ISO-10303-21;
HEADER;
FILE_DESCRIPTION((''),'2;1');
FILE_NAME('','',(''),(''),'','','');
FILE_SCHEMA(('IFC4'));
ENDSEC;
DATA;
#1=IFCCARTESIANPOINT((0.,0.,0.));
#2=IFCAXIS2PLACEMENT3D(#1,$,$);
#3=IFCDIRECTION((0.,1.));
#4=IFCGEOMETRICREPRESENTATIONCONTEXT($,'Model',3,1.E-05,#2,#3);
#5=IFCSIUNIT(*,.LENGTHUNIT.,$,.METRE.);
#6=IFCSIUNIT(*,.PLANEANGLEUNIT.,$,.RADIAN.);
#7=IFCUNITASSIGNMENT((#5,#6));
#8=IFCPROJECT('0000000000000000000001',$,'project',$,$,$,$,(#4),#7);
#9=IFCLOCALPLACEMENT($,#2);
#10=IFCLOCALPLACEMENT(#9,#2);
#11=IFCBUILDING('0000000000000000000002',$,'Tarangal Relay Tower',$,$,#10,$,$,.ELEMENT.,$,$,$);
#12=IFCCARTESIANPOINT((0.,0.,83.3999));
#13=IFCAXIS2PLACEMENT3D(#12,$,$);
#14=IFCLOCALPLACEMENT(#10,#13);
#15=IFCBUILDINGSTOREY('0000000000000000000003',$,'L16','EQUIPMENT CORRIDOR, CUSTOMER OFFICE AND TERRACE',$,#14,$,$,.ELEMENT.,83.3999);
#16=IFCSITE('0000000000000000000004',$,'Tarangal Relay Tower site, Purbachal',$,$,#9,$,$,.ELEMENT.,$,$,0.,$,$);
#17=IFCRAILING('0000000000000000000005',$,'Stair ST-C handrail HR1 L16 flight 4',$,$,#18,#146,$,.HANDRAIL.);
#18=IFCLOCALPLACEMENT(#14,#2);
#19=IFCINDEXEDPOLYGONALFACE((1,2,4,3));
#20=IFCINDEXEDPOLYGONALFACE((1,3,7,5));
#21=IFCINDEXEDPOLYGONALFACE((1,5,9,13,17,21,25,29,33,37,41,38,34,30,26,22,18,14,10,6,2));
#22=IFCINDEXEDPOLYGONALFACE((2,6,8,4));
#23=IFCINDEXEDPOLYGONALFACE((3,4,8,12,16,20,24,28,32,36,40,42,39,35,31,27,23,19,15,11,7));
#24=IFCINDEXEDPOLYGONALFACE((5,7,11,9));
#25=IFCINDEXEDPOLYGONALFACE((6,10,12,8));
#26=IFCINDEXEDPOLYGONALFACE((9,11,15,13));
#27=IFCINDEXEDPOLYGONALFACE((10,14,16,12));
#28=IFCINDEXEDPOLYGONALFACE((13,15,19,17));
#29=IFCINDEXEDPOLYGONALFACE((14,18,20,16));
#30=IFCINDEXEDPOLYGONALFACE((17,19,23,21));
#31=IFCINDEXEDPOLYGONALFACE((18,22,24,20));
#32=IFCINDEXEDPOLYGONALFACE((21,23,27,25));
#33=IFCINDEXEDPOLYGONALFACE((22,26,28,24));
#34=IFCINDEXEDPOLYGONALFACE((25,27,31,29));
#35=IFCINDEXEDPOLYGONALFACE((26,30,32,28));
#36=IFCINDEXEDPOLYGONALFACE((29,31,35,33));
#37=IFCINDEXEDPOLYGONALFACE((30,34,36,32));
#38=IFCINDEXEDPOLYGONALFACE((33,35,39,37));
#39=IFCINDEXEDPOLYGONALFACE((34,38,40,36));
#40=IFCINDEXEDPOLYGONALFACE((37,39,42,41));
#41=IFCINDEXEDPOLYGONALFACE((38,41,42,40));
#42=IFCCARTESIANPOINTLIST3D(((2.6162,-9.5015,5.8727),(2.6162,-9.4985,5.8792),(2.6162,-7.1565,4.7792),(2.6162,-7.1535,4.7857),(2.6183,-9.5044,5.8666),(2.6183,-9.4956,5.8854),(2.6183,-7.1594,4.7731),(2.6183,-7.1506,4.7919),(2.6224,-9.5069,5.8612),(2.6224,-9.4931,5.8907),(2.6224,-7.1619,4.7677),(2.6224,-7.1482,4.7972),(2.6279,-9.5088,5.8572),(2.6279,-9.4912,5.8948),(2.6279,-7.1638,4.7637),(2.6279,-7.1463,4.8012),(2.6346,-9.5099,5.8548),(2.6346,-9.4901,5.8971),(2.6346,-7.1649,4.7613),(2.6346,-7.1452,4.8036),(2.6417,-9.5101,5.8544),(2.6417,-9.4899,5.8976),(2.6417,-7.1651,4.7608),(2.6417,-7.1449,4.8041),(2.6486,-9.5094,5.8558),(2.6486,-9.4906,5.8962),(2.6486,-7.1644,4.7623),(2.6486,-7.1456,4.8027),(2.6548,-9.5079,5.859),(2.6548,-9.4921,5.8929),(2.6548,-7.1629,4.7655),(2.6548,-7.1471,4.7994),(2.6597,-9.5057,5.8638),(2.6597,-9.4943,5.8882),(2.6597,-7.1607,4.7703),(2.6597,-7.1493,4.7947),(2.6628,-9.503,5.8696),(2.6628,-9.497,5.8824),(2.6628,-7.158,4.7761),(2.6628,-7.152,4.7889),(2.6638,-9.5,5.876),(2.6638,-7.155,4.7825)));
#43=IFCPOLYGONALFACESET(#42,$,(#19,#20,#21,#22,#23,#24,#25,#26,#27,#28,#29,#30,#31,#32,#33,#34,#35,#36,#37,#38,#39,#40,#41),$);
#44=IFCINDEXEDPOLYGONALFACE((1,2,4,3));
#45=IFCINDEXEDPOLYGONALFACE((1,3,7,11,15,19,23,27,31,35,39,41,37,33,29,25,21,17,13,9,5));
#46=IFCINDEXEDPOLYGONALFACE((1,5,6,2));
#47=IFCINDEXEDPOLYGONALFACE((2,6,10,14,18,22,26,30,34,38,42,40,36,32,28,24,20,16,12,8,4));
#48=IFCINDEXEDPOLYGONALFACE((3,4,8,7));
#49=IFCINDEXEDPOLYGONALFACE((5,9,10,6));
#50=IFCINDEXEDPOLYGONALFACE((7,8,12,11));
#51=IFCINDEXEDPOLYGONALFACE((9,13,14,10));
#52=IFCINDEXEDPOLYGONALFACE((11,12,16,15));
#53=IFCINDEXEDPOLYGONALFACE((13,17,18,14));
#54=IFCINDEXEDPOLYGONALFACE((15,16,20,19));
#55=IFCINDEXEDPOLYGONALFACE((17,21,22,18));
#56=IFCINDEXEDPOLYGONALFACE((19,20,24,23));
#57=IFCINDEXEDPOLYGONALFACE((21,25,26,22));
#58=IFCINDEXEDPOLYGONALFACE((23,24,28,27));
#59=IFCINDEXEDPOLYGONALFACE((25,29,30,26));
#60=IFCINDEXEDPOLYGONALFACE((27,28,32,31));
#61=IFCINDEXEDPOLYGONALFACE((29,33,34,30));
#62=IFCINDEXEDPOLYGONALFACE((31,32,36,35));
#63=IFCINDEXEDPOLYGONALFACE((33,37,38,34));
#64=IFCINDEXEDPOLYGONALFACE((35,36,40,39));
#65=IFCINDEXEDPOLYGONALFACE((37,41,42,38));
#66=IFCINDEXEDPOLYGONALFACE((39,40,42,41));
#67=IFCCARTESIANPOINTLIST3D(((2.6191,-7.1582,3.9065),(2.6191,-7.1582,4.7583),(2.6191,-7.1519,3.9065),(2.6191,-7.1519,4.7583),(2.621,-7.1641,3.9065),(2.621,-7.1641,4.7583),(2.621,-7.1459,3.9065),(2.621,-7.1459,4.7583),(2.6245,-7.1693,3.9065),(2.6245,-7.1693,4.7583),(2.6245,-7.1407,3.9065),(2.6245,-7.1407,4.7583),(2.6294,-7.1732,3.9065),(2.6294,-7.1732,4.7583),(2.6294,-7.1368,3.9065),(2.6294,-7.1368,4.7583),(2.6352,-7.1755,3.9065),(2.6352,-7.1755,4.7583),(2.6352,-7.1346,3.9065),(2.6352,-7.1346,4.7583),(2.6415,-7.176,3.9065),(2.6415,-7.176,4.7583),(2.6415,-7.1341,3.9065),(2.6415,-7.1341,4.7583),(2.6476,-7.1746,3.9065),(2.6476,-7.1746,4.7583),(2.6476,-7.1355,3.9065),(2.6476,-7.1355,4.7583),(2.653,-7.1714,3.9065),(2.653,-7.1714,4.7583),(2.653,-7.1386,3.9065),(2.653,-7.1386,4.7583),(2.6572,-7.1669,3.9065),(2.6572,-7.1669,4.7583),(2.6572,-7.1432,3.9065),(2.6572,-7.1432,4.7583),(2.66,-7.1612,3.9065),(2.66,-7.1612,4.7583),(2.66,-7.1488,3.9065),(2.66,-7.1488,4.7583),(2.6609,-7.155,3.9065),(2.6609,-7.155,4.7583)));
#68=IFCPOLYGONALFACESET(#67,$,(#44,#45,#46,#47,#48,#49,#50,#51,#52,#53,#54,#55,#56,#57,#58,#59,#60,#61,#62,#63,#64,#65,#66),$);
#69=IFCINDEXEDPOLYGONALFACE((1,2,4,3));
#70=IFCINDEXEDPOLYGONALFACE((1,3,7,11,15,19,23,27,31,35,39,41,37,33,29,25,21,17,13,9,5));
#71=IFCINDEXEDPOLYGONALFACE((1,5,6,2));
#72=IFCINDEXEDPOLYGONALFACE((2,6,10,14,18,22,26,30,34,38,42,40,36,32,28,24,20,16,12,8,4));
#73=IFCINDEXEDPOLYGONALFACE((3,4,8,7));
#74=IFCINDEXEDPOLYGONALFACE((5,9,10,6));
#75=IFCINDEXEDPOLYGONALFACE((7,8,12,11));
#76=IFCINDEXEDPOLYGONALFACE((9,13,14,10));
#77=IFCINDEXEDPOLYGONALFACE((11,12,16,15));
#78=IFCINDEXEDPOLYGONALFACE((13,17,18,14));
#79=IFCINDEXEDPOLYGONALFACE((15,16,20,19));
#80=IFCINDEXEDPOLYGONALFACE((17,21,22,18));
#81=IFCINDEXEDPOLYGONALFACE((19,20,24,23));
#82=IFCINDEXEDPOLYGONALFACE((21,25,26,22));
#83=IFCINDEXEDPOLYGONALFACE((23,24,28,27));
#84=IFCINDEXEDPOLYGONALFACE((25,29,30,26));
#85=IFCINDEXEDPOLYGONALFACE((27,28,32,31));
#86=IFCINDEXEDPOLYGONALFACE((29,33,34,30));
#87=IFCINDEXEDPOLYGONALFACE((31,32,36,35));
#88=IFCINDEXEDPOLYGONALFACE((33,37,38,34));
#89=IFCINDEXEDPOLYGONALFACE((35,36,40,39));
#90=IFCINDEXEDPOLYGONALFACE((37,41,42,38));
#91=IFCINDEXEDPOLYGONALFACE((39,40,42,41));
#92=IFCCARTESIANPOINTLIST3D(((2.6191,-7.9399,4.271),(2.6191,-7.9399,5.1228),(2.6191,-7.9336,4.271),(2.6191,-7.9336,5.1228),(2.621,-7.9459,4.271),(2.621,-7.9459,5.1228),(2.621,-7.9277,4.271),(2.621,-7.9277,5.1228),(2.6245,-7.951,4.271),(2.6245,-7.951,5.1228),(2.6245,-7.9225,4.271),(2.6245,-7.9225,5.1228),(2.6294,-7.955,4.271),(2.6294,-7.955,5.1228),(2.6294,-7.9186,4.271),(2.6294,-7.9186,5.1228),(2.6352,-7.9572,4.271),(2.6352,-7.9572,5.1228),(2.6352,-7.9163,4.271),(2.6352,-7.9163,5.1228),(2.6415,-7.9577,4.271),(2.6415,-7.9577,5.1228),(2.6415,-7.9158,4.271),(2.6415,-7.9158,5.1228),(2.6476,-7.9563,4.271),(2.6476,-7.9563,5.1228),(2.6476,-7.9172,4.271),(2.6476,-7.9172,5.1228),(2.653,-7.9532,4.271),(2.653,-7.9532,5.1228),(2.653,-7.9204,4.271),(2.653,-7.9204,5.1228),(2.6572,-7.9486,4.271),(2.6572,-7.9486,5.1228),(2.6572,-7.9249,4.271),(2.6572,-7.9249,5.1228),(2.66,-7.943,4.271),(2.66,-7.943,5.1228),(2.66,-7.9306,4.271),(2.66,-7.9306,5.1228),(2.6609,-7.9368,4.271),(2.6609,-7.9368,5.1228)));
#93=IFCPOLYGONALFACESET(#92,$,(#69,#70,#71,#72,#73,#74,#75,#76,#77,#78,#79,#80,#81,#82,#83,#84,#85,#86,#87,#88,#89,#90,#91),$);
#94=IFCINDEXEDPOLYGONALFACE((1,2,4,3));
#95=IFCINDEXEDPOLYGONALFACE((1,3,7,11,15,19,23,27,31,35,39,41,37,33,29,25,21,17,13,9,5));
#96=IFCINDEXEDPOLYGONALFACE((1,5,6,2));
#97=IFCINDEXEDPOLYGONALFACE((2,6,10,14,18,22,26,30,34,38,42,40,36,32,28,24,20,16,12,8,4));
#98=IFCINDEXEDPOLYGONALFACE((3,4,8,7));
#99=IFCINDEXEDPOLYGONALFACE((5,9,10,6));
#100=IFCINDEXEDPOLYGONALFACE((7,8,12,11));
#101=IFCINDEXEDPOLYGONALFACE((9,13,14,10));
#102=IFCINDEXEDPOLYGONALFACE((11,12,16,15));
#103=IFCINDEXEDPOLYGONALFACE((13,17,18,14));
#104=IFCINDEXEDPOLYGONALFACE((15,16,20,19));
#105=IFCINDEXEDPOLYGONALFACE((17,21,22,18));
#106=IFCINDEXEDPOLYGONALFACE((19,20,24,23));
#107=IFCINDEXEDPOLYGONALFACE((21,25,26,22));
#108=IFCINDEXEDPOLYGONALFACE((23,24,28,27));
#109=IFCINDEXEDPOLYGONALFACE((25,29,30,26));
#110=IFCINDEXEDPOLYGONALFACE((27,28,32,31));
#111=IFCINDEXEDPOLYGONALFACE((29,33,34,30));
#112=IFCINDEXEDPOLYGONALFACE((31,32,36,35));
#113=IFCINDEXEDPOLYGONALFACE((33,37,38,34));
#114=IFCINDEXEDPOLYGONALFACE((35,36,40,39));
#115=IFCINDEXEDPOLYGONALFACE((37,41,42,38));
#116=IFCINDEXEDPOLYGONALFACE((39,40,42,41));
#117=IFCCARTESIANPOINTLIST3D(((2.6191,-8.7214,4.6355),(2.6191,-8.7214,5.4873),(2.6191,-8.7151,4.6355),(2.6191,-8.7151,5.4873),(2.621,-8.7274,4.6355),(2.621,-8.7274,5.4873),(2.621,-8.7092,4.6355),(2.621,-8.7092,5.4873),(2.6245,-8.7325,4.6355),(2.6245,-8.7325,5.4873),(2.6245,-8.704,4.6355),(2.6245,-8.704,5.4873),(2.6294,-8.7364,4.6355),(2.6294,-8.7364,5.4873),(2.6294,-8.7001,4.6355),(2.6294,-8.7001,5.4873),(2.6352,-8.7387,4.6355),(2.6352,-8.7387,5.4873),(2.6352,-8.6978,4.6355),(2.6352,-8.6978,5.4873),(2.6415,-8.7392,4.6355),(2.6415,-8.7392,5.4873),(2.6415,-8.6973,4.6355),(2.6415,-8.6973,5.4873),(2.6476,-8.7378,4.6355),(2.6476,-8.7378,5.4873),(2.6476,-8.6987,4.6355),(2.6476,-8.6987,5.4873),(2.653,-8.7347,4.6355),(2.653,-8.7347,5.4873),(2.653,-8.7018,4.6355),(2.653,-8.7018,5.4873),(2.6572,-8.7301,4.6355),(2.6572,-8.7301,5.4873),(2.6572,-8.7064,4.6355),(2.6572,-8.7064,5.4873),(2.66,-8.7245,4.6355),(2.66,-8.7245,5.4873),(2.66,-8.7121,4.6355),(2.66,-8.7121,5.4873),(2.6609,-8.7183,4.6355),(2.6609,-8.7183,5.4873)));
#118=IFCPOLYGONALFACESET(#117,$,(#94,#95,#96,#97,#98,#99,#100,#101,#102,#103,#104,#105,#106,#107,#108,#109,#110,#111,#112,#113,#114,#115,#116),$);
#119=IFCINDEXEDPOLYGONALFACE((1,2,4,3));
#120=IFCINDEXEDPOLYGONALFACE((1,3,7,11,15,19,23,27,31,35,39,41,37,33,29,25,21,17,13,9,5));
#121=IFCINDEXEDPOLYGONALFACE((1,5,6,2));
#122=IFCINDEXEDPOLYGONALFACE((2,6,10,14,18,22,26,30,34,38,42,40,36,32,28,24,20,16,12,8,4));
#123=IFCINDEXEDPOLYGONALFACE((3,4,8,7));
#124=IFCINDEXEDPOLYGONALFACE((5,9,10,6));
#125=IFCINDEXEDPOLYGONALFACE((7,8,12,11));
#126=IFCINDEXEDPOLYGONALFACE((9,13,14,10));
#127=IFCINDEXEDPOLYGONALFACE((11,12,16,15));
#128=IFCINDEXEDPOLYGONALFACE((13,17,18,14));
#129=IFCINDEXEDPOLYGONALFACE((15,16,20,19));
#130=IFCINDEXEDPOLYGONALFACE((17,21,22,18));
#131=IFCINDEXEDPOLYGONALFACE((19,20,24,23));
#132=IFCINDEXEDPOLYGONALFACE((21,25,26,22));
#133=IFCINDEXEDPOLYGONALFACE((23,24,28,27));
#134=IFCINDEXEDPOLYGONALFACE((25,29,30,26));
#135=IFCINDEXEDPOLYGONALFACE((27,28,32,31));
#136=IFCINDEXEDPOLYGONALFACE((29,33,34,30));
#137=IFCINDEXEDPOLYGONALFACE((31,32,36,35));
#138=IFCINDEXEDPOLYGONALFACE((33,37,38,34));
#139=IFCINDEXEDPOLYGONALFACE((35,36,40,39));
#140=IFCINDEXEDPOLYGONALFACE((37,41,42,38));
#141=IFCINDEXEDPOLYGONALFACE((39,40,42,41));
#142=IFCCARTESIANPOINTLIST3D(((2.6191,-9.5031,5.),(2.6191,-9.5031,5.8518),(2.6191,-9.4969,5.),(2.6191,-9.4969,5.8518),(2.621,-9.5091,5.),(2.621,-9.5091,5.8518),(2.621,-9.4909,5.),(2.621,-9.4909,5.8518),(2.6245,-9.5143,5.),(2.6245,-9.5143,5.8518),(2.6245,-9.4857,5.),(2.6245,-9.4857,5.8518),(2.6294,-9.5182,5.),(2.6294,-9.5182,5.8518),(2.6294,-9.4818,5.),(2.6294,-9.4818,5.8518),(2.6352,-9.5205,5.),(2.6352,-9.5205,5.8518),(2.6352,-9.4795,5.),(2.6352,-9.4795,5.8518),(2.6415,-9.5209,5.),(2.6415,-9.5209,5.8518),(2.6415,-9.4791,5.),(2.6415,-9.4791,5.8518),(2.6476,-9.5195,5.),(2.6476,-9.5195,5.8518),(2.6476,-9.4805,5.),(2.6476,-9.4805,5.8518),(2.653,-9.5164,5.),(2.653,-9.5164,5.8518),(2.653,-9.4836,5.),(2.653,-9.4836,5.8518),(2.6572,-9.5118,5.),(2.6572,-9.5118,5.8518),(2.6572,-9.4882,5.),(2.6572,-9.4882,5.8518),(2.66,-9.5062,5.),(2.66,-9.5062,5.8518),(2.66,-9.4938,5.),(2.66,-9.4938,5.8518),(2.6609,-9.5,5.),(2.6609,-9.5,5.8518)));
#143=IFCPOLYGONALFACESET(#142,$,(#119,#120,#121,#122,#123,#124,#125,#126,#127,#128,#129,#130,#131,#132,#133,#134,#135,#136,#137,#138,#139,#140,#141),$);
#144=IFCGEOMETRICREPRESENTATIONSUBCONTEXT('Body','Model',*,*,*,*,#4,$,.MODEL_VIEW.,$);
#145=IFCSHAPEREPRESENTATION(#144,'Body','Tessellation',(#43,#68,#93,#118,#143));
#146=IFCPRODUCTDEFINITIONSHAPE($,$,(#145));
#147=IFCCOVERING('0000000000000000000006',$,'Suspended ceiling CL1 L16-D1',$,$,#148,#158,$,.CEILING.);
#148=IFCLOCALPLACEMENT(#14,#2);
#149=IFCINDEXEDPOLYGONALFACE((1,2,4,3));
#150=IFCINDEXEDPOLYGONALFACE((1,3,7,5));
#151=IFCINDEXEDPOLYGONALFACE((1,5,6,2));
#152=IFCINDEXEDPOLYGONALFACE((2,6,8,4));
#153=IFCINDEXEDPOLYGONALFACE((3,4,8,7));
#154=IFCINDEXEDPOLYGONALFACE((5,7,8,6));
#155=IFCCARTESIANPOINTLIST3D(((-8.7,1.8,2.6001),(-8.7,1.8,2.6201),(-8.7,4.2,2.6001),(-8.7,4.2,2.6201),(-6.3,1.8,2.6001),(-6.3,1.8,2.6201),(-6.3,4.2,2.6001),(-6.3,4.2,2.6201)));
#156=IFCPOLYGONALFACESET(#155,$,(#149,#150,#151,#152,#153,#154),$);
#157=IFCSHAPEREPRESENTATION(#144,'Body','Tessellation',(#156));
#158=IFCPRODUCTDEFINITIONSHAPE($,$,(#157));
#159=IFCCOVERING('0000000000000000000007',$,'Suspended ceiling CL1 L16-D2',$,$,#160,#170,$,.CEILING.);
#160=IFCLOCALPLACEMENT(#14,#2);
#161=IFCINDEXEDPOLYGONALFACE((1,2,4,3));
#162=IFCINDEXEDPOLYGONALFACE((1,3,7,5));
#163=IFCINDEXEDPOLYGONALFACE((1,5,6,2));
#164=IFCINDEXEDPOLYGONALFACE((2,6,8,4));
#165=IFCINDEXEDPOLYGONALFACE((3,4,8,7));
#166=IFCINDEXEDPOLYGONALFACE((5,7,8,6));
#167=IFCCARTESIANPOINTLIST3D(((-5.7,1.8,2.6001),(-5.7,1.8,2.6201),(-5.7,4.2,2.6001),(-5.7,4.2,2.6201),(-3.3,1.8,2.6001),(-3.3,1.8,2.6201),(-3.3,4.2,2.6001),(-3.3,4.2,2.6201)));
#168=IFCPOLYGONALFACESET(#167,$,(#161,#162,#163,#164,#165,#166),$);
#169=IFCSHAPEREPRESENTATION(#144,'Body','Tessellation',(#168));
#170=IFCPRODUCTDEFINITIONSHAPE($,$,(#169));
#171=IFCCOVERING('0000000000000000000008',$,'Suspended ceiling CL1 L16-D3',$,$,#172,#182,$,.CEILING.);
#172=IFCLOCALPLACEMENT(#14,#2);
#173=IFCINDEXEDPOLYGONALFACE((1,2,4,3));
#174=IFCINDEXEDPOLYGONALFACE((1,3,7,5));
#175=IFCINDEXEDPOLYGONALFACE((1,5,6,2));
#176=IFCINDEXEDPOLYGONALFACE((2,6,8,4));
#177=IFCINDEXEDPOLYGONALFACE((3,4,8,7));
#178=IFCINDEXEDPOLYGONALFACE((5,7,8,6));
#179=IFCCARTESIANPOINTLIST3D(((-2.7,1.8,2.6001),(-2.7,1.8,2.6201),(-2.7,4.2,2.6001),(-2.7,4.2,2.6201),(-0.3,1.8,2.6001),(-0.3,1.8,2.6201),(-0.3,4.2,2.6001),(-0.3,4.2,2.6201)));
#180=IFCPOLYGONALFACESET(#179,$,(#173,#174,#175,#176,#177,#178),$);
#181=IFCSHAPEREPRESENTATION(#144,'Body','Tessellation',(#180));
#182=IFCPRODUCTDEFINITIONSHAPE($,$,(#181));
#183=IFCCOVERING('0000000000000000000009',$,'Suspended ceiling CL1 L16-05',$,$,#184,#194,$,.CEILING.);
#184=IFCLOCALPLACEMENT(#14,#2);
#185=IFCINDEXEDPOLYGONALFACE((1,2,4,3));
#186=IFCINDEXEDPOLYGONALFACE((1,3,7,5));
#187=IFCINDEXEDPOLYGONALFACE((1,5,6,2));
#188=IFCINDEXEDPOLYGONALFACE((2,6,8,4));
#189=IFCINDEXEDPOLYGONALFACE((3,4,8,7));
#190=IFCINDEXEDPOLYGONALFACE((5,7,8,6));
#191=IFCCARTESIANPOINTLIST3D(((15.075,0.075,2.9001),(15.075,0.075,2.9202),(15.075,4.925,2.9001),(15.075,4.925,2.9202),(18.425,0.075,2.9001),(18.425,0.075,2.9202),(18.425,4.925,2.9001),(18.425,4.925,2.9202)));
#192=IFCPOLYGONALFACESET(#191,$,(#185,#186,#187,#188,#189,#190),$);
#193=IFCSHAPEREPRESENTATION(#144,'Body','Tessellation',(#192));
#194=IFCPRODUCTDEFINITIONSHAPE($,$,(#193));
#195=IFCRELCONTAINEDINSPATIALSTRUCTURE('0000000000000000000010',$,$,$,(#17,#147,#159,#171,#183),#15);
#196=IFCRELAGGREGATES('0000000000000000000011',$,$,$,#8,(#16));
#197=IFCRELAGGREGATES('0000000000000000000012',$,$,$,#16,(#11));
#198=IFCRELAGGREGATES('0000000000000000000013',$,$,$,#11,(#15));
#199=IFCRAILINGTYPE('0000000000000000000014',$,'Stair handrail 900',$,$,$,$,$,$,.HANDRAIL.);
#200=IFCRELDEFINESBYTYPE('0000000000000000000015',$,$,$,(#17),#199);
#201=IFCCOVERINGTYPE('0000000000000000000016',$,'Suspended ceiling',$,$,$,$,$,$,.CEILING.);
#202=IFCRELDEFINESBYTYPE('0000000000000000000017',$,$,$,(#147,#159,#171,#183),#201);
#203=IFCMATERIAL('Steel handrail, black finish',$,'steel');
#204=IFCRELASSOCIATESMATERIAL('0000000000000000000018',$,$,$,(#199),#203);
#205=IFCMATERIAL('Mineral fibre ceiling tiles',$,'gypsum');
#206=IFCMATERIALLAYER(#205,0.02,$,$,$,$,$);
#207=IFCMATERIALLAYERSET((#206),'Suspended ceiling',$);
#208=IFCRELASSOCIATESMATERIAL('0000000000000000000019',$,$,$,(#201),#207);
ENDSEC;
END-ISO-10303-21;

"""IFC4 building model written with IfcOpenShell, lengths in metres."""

from ifc_helpers import new_model, si_unit, direction, frame, origin, origin_2d, place, context, subcontext, project, spatial, polyline, circle, outline, extrude, material, layer, layer_set, type_object, element, save


model = new_model("IFC4")

# Units and contexts
model_context = context("Model", 3, precision=1e-05, world=origin(), true_north=direction((0.0, 1.0)))
body_context = subcontext(model_context, "Body", "Model", "MODEL_VIEW")
ifc_project = project(units=[si_unit("LENGTHUNIT", "METRE"), si_unit("PLANEANGLEUNIT", "RADIAN")], contexts=[model_context])

# Site, building, storey
site_placement = place(None, origin())
site = spatial("IfcSite", under=ifc_project, at=site_placement, Name="Tarangal Relay Tower site, Purbachal", CompositionType="ELEMENT", RefElevation=0.0)
building_placement = place(site_placement, origin())
building = spatial("IfcBuilding", under=site, at=building_placement, Name="Tarangal Relay Tower", CompositionType="ELEMENT")
storey_placement = place(building_placement, frame((0.0, 0.0, 83.3999)))
storey = spatial("IfcBuildingStorey", under=building, at=storey_placement, Name="L16", Description="EQUIPMENT CORRIDOR, CUSTOMER OFFICE AND TERRACE", CompositionType="ELEMENT", Elevation=83.3999)

# Railing
ifc_material_1 = material(Name="Steel handrail, black finish", Category="steel")
railing_type_1 = type_object("IfcRailingType", Name="Stair handrail 900", PredefinedType="HANDRAIL", material=ifc_material_1)
for number, where, name in (
    (1, (2.6399, -7.155, 3.9065), "Stair ST-C handrail HR1 L16 flight 4"),
):
    element("IfcRailing", number, at=place(storey_placement, frame(where)), inside=storey, type_object=railing_type_1, Name=name, PredefinedType="HANDRAIL", context=body_context, shape_type="SweptSolid", body=[
        extrude(circle(Radius=0.0239, at=origin_2d()), frame((0.0, 0.0, 0.876), z_axis=(0.0, -0.906304, 0.422627), x_axis=(1.0, 0.0, 0.0)), (0.0, 0.0, 1.0), 2.5874),
        extrude(circle(Radius=0.021, at=origin_2d()), origin(), (0.0, 0.0, 1.0), 0.8518),
        extrude(circle(Radius=0.021, at=origin_2d()), frame((0.0, -0.7817, 0.3645)), (0.0, 0.0, 1.0), 0.8518),
        extrude(circle(Radius=0.021, at=origin_2d()), frame((0.0, -1.5632, 0.729)), (0.0, 0.0, 1.0), 0.8518),
        extrude(circle(Radius=0.021, at=origin_2d()), frame((0.0, -2.345, 1.0935)), (0.0, 0.0, 1.0), 0.8518),
    ])

# Coverings
ifc_material_2 = material(Name="Mineral fibre ceiling tiles", Category="gypsum")
ifc_layer_1 = layer(ifc_material_2, 0.02)
ifc_layer_set_1 = layer_set([ifc_layer_1], Name="Suspended ceiling")
covering_type_1 = type_object("IfcCoveringType", Name="Suspended ceiling", PredefinedType="CEILING", material=ifc_layer_set_1)
covering_1_placement = place(storey_placement, frame((0.0, 0.0, 2.6001)))
element("IfcCovering", 2, at=covering_1_placement, inside=storey, type_object=covering_type_1, Name="Suspended ceiling CL1 L16-D1", PredefinedType="CEILING", context=body_context, shape_type="SweptSolid", body=[
    extrude(outline(polyline([(-8.7, 1.8), (-6.3, 1.8), (-6.3, 4.2), (-8.7, 4.2), (-8.7, 1.8)])), origin(), (0.0, 0.0, 1.0), 0.02),
])
covering_2_placement = place(storey_placement, frame((0.0, 0.0, 2.6001)))
element("IfcCovering", 3, at=covering_2_placement, inside=storey, type_object=covering_type_1, Name="Suspended ceiling CL1 L16-D2", PredefinedType="CEILING", context=body_context, shape_type="SweptSolid", body=[
    extrude(outline(polyline([(-5.7, 1.8), (-3.3, 1.8), (-3.3, 4.2), (-5.7, 4.2), (-5.7, 1.8)])), origin(), (0.0, 0.0, 1.0), 0.02),
])
covering_3_placement = place(storey_placement, frame((0.0, 0.0, 2.6001)))
element("IfcCovering", 4, at=covering_3_placement, inside=storey, type_object=covering_type_1, Name="Suspended ceiling CL1 L16-D3", PredefinedType="CEILING", context=body_context, shape_type="SweptSolid", body=[
    extrude(outline(polyline([(-2.7, 1.8), (-0.3, 1.8), (-0.3, 4.2), (-2.7, 4.2), (-2.7, 1.8)])), origin(), (0.0, 0.0, 1.0), 0.02),
])
covering_4_placement = place(storey_placement, frame((0.0, 0.0, 2.9001)))
element("IfcCovering", 5, at=covering_4_placement, inside=storey, type_object=covering_type_1, Name="Suspended ceiling CL1 L16-05", PredefinedType="CEILING", context=body_context, shape_type="SweptSolid", body=[
    extrude(outline(polyline([(18.425, 4.925), (15.075, 4.925), (15.075, 0.075), (18.425, 0.075), (18.425, 4.925)])), origin(), (0.0, 0.0, 1.0), 0.02),
])

save(model, "model.ifc")
